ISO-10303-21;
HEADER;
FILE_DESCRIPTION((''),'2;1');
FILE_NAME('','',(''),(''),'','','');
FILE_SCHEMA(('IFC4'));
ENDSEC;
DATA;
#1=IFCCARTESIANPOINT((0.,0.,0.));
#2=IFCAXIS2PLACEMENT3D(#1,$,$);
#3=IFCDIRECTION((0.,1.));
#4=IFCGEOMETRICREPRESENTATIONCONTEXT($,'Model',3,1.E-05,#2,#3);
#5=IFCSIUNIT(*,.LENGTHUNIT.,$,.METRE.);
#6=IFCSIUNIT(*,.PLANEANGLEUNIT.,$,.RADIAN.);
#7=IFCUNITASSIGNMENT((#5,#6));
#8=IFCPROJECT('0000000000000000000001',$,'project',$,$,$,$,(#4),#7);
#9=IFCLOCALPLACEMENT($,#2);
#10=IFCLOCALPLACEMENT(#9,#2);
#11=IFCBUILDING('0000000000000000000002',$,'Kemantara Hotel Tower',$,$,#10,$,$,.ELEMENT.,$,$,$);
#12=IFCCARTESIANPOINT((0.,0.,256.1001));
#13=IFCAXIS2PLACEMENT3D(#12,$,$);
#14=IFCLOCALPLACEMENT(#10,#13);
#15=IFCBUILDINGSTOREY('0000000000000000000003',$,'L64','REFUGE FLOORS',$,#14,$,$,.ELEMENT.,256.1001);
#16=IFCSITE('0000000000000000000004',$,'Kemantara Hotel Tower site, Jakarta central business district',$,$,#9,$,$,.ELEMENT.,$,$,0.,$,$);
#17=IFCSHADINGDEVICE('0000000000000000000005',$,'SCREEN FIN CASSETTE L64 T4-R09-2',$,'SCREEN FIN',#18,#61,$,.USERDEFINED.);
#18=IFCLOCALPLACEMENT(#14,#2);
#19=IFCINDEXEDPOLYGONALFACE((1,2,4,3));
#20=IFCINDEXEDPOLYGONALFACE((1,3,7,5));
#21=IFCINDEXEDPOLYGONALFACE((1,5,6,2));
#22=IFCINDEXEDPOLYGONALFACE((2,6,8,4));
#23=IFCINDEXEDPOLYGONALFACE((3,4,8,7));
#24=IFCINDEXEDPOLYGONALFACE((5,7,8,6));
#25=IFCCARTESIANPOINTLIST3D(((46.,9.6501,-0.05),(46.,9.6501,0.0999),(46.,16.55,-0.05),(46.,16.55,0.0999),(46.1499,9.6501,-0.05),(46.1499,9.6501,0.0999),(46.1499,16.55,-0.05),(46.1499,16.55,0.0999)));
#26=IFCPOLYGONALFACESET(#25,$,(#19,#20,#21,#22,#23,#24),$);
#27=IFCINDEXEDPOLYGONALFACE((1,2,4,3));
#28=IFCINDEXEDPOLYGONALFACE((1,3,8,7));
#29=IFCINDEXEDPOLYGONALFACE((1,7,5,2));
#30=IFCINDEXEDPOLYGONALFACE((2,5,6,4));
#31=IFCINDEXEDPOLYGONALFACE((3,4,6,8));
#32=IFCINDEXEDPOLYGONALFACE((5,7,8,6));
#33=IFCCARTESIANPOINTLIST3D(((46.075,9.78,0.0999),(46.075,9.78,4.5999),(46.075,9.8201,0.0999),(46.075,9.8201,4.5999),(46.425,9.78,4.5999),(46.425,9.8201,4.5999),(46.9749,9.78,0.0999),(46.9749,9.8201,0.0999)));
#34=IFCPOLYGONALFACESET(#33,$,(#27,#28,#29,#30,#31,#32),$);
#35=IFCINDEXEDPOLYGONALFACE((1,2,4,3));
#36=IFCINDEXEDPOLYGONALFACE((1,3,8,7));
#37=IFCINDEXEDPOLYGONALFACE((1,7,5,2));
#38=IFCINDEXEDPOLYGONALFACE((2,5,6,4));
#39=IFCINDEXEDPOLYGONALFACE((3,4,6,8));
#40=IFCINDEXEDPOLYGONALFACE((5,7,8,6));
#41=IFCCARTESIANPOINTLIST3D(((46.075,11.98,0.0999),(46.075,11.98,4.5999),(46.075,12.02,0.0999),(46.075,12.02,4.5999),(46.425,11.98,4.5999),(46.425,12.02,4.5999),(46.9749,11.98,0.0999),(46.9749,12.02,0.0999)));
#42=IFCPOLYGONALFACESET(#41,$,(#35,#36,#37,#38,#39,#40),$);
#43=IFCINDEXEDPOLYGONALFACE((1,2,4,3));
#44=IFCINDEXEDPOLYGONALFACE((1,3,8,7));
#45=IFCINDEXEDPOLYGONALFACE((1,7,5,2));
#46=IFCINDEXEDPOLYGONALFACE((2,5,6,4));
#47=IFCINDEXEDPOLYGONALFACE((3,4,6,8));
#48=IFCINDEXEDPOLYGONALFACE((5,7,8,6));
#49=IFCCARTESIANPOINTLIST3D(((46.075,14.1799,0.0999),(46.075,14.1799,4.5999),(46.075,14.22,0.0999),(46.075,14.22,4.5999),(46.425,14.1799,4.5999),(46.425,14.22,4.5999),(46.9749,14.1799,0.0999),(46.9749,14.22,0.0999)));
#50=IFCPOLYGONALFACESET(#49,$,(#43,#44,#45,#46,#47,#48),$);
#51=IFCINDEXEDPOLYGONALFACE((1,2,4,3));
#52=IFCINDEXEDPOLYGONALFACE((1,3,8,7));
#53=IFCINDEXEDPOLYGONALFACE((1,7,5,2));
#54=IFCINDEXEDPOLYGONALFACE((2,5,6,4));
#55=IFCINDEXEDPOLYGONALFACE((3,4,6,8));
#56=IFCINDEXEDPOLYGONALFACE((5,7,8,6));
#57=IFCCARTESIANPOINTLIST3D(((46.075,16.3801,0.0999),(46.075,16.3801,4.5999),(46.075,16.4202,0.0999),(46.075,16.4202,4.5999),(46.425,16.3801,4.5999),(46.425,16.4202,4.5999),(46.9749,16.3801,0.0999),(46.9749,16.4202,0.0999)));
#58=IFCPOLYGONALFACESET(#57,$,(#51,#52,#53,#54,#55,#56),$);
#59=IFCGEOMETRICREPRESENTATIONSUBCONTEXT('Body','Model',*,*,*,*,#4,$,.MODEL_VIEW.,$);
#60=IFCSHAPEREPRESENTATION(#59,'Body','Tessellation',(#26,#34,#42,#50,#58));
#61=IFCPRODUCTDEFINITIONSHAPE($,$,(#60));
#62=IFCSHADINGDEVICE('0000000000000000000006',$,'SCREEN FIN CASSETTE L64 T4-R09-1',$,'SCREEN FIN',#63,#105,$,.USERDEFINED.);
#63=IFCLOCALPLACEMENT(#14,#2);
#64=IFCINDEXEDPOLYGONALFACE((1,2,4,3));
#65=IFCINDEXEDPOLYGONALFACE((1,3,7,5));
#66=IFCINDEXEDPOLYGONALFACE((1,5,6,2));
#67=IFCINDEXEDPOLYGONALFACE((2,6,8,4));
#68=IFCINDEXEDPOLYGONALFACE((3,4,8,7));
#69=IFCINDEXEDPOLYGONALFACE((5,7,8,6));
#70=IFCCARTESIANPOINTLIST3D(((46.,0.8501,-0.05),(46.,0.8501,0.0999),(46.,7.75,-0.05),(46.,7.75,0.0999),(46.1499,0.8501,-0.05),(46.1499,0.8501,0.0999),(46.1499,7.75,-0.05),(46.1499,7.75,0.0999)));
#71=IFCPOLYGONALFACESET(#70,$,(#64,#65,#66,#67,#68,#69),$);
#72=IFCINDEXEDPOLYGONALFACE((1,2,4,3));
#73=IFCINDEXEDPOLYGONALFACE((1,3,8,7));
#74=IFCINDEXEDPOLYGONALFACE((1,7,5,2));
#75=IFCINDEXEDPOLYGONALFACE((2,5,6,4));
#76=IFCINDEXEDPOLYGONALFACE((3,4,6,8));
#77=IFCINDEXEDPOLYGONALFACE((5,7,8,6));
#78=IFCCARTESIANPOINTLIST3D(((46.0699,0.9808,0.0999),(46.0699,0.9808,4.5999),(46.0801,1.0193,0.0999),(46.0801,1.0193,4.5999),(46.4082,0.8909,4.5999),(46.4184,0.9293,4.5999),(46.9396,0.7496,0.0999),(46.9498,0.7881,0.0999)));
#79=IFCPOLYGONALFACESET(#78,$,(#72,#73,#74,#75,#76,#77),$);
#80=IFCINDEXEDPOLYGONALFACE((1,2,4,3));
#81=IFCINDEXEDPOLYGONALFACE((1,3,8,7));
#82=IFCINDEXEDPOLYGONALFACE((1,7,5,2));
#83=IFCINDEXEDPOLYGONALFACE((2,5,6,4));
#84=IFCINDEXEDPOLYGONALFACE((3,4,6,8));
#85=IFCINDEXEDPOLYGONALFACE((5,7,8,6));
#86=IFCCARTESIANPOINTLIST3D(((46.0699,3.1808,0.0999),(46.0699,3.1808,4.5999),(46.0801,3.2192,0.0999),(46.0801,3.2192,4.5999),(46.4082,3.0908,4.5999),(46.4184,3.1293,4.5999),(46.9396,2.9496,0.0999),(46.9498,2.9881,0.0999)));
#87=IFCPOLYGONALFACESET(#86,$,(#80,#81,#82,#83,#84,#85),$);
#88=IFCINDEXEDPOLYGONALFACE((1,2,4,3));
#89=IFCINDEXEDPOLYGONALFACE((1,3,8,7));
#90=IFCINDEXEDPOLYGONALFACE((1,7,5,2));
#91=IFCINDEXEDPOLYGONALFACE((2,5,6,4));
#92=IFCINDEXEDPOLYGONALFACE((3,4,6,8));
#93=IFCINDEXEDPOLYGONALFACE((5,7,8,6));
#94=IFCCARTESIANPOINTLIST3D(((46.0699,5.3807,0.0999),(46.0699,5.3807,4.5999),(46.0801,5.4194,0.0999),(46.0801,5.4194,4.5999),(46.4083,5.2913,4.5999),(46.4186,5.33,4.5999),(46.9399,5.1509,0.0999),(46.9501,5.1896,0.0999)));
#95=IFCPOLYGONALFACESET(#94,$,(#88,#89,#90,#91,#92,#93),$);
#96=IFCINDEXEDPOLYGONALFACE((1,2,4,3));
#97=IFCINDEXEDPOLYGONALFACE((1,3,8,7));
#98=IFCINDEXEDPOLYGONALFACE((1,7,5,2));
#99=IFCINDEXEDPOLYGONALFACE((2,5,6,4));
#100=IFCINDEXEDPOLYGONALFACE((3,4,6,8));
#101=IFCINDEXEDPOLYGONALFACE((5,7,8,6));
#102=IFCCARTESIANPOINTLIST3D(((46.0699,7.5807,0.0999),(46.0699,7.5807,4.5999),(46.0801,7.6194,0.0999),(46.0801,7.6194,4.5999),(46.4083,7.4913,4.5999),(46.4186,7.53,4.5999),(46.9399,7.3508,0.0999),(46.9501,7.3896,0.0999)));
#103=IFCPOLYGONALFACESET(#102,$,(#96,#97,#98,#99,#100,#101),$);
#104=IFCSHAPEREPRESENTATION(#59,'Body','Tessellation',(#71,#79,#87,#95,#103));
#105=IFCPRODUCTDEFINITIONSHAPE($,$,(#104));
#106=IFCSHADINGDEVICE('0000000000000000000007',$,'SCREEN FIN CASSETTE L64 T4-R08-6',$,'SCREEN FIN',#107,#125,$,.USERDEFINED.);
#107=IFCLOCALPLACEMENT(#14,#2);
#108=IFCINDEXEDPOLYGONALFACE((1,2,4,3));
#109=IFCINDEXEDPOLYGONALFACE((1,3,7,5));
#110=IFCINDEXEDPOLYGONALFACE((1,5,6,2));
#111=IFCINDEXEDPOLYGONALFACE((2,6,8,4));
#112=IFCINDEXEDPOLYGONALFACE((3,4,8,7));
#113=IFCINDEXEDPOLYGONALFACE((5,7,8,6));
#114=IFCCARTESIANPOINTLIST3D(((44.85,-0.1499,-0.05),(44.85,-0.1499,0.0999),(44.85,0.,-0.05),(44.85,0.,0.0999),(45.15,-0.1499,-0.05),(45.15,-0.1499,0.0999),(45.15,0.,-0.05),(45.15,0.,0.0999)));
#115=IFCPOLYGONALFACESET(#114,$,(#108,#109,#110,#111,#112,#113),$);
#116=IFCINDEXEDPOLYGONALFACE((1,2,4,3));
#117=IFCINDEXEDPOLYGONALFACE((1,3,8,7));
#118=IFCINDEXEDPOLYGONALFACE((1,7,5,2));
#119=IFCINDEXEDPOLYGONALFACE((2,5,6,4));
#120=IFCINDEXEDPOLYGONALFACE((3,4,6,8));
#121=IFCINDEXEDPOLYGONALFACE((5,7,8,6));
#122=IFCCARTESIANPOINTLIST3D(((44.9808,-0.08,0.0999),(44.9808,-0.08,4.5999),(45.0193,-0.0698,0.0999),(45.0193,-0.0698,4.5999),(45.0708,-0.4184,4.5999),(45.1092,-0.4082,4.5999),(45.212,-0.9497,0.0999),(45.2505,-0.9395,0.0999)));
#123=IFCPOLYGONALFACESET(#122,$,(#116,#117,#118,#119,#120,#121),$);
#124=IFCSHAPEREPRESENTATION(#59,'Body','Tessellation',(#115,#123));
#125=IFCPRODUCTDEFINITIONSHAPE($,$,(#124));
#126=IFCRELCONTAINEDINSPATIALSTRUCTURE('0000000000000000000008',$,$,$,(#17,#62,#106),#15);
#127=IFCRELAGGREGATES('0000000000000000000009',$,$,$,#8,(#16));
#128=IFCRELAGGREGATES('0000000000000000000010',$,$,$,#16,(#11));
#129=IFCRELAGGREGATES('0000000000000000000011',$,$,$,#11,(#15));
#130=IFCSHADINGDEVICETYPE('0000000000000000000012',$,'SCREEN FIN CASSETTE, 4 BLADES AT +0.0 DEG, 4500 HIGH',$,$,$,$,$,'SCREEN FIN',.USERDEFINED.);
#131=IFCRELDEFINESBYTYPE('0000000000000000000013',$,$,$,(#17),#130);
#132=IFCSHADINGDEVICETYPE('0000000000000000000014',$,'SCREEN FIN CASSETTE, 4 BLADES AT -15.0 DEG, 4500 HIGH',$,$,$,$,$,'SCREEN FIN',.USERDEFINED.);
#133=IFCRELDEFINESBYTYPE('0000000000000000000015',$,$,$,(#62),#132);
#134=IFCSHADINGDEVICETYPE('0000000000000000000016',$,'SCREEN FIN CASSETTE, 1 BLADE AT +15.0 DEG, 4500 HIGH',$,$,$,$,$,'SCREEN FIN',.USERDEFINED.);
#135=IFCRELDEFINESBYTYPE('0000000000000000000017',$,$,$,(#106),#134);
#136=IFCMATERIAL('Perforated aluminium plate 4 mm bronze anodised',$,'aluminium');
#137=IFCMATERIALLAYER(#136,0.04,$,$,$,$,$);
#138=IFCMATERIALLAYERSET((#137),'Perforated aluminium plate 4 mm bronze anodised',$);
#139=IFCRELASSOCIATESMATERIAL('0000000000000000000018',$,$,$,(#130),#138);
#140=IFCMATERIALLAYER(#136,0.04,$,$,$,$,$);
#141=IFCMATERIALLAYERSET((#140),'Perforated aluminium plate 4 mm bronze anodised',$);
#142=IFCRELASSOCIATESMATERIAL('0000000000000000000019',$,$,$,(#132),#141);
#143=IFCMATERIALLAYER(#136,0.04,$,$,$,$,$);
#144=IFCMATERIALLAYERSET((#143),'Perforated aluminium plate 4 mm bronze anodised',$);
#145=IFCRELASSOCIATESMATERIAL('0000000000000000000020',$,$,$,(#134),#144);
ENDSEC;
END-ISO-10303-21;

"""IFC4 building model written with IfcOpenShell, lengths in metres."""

from ifc_helpers import new_model, si_unit, direction, frame, origin, origin_2d, place, context, subcontext, project, spatial, polyline, rectangle, outline, extrude, source, transform, mapped, material, layer, layer_set, type_object, element, save


model = new_model("IFC4")

# Units and contexts
model_context = context("Model", 3, precision=1e-05, world=origin(), true_north=direction((0.0, 1.0)))
body_context = subcontext(model_context, "Body", "Model", "MODEL_VIEW")
ifc_project = project(units=[si_unit("LENGTHUNIT", "METRE"), si_unit("PLANEANGLEUNIT", "RADIAN")], contexts=[model_context])

# Site, building, storey
site_placement = place(None, origin())
site = spatial("IfcSite", under=ifc_project, at=site_placement, Name="Kemantara Hotel Tower site, Jakarta central business district", CompositionType="ELEMENT", RefElevation=0.0)
building_placement = place(site_placement, origin())
building = spatial("IfcBuilding", under=site, at=building_placement, Name="Kemantara Hotel Tower", CompositionType="ELEMENT")
storey_placement = place(building_placement, frame((0.0, 0.0, 256.1001)))
storey = spatial("IfcBuildingStorey", under=building, at=storey_placement, Name="L64", Description="REFUGE FLOORS", CompositionType="ELEMENT", Elevation=256.1001)

# Shading devices
ifc_material_1 = material(Name="Perforated aluminium plate 4 mm bronze anodised", Category="aluminium")
ifc_layer_1 = layer(ifc_material_1, 0.04)
ifc_layer_set_1 = layer_set([ifc_layer_1], Name="Perforated aluminium plate 4 mm bronze anodised")
shading_device_type_1 = type_object("IfcShadingDeviceType", Name="SCREEN FIN CASSETTE, 4 BLADES AT +0.0 DEG, 4500 HIGH", ElementType="SCREEN FIN", PredefinedType="USERDEFINED", material=ifc_layer_set_1)
shared_shape_1 = source(origin(), body_context, "Body", "SweptSolid", [
    extrude(rectangle(XDim=6.8999, YDim=0.1499, at=origin_2d()), frame((3.3, -0.075, -0.1499), z_axis=(0.0, 0.0, 1.0), x_axis=(1.0, 0.0, 0.0)), (0.0, 0.0, 1.0), 0.1499),
    extrude(outline(polyline([(0.0, 0.0), (0.8999, 0.0), (0.3501, 4.5), (0.0, 4.5), (0.0, 0.0)])), frame((0.02, -0.075, 0.0), z_axis=(-1.0, 0.0, 0.0), x_axis=(0.0, -1.0, 0.0)), (0.0, 0.0, 1.0), 0.04),
    extrude(outline(polyline([(0.0, 0.0), (0.8999, 0.0), (0.3501, 4.5), (0.0, 4.5), (0.0, 0.0)])), frame((2.22, -0.075, 0.0), z_axis=(-1.0, 0.0, 0.0), x_axis=(0.0, -1.0, 0.0)), (0.0, 0.0, 1.0), 0.04),
    extrude(outline(polyline([(0.0, 0.0), (0.8999, 0.0), (0.3501, 4.5), (0.0, 4.5), (0.0, 0.0)])), frame((4.4199, -0.075, 0.0), z_axis=(-1.0, 0.0, 0.0), x_axis=(0.0, -1.0, 0.0)), (0.0, 0.0, 1.0), 0.04),
    extrude(outline(polyline([(0.0, 0.0), (0.8999, 0.0), (0.3501, 4.5), (0.0, 4.5), (0.0, 0.0)])), frame((6.6201, -0.075, 0.0), z_axis=(-1.0, 0.0, 0.0), x_axis=(0.0, -1.0, 0.0)), (0.0, 0.0, 1.0), 0.04),
])
shading_device_1_placement = place(storey_placement, frame((46.0, 9.8, 0.0999), z_axis=(0.0, 0.0, 1.0), x_axis=(0.0, 1.0, 0.0)))
element("IfcShadingDevice", 1, at=shading_device_1_placement, inside=storey, type_object=shading_device_type_1, Name="SCREEN FIN CASSETTE L64 T4-R09-2", ObjectType="SCREEN FIN", PredefinedType="USERDEFINED", context=body_context, shape_type="MappedRepresentation", body=[
    mapped(shared_shape_1, transform((0.0, 0.0, 0.0))),
])
ifc_layer_2 = layer(ifc_material_1, 0.04)
ifc_layer_set_2 = layer_set([ifc_layer_2], Name="Perforated aluminium plate 4 mm bronze anodised")
shading_device_type_2 = type_object("IfcShadingDeviceType", Name="SCREEN FIN CASSETTE, 4 BLADES AT -15.0 DEG, 4500 HIGH", ElementType="SCREEN FIN", PredefinedType="USERDEFINED", material=ifc_layer_set_2)
shared_shape_2 = source(origin(), body_context, "Body", "SweptSolid", [
    extrude(rectangle(XDim=6.8999, YDim=0.1499, at=origin_2d()), frame((3.3, -0.075, -0.1499), z_axis=(0.0, 0.0, 1.0), x_axis=(1.0, 0.0, 0.0)), (0.0, 0.0, 1.0), 0.1499),
    extrude(outline(polyline([(0.0, 0.0), (0.8999, 0.0), (0.3501, 4.5), (0.0, 4.5), (0.0, 0.0)])), frame((0.0193, -0.0801, 0.0), z_axis=(-0.966438, 0.256901, 0.0), x_axis=(-0.256901, -0.966438, 0.0)), (0.0, 0.0, 1.0), 0.0398),
    extrude(outline(polyline([(0.0, 0.0), (0.8999, 0.0), (0.3501, 4.5), (0.0, 4.5), (0.0, 0.0)])), frame((2.2192, -0.0801, 0.0), z_axis=(-0.966438, 0.256901, 0.0), x_axis=(-0.256901, -0.966438, 0.0)), (0.0, 0.0, 1.0), 0.0398),
    extrude(outline(polyline([(0.0, 0.0), (0.8999, 0.0), (0.3501, 4.5), (0.0, 4.5), (0.0, 0.0)])), frame((4.4194, -0.0801, 0.0), z_axis=(-0.966838, 0.255391, 0.0), x_axis=(-0.255391, -0.966838, 0.0)), (0.0, 0.0, 1.0), 0.04),
    extrude(outline(polyline([(0.0, 0.0), (0.8999, 0.0), (0.3501, 4.5), (0.0, 4.5), (0.0, 0.0)])), frame((6.6194, -0.0801, 0.0), z_axis=(-0.966838, 0.255391, 0.0), x_axis=(-0.255391, -0.966838, 0.0)), (0.0, 0.0, 1.0), 0.04),
])
shading_device_2_placement = place(storey_placement, frame((46.0, 1.0, 0.0999), z_axis=(0.0, 0.0, 1.0), x_axis=(0.0, 1.0, 0.0)))
element("IfcShadingDevice", 2, at=shading_device_2_placement, inside=storey, type_object=shading_device_type_2, Name="SCREEN FIN CASSETTE L64 T4-R09-1", ObjectType="SCREEN FIN", PredefinedType="USERDEFINED", context=body_context, shape_type="MappedRepresentation", body=[
    mapped(shared_shape_2, transform((0.0, 0.0, 0.0))),
])
ifc_layer_3 = layer(ifc_material_1, 0.04)
ifc_layer_set_3 = layer_set([ifc_layer_3], Name="Perforated aluminium plate 4 mm bronze anodised")
shading_device_type_3 = type_object("IfcShadingDeviceType", Name="SCREEN FIN CASSETTE, 1 BLADE AT +15.0 DEG, 4500 HIGH", ElementType="SCREEN FIN", PredefinedType="USERDEFINED", material=ifc_layer_set_3)
shared_shape_3 = source(origin(), body_context, "Body", "SweptSolid", [
    extrude(rectangle(XDim=0.3, YDim=0.1499, at=origin_2d()), frame((0.0, -0.075, -0.1499), z_axis=(0.0, 0.0, 1.0), x_axis=(1.0, 0.0, 0.0)), (0.0, 0.0, 1.0), 0.1499),
    extrude(outline(polyline([(0.0, 0.0), (0.8999, 0.0), (0.3501, 4.5), (0.0, 4.5), (0.0, 0.0)])), frame((0.0193, -0.0698, 0.0), z_axis=(-0.966438, -0.256901, 0.0), x_axis=(0.256901, -0.966438, 0.0)), (0.0, 0.0, 1.0), 0.0398),
])
shading_device_3_placement = place(storey_placement, frame((45.0, 0.0, 0.0999), z_axis=(0.0, 0.0, 1.0), x_axis=(1.0, 0.0, 0.0)))
element("IfcShadingDevice", 3, at=shading_device_3_placement, inside=storey, type_object=shading_device_type_3, Name="SCREEN FIN CASSETTE L64 T4-R08-6", ObjectType="SCREEN FIN", PredefinedType="USERDEFINED", context=body_context, shape_type="MappedRepresentation", body=[
    mapped(shared_shape_3, transform((0.0, 0.0, 0.0))),
])

save(model, "model.ifc")
